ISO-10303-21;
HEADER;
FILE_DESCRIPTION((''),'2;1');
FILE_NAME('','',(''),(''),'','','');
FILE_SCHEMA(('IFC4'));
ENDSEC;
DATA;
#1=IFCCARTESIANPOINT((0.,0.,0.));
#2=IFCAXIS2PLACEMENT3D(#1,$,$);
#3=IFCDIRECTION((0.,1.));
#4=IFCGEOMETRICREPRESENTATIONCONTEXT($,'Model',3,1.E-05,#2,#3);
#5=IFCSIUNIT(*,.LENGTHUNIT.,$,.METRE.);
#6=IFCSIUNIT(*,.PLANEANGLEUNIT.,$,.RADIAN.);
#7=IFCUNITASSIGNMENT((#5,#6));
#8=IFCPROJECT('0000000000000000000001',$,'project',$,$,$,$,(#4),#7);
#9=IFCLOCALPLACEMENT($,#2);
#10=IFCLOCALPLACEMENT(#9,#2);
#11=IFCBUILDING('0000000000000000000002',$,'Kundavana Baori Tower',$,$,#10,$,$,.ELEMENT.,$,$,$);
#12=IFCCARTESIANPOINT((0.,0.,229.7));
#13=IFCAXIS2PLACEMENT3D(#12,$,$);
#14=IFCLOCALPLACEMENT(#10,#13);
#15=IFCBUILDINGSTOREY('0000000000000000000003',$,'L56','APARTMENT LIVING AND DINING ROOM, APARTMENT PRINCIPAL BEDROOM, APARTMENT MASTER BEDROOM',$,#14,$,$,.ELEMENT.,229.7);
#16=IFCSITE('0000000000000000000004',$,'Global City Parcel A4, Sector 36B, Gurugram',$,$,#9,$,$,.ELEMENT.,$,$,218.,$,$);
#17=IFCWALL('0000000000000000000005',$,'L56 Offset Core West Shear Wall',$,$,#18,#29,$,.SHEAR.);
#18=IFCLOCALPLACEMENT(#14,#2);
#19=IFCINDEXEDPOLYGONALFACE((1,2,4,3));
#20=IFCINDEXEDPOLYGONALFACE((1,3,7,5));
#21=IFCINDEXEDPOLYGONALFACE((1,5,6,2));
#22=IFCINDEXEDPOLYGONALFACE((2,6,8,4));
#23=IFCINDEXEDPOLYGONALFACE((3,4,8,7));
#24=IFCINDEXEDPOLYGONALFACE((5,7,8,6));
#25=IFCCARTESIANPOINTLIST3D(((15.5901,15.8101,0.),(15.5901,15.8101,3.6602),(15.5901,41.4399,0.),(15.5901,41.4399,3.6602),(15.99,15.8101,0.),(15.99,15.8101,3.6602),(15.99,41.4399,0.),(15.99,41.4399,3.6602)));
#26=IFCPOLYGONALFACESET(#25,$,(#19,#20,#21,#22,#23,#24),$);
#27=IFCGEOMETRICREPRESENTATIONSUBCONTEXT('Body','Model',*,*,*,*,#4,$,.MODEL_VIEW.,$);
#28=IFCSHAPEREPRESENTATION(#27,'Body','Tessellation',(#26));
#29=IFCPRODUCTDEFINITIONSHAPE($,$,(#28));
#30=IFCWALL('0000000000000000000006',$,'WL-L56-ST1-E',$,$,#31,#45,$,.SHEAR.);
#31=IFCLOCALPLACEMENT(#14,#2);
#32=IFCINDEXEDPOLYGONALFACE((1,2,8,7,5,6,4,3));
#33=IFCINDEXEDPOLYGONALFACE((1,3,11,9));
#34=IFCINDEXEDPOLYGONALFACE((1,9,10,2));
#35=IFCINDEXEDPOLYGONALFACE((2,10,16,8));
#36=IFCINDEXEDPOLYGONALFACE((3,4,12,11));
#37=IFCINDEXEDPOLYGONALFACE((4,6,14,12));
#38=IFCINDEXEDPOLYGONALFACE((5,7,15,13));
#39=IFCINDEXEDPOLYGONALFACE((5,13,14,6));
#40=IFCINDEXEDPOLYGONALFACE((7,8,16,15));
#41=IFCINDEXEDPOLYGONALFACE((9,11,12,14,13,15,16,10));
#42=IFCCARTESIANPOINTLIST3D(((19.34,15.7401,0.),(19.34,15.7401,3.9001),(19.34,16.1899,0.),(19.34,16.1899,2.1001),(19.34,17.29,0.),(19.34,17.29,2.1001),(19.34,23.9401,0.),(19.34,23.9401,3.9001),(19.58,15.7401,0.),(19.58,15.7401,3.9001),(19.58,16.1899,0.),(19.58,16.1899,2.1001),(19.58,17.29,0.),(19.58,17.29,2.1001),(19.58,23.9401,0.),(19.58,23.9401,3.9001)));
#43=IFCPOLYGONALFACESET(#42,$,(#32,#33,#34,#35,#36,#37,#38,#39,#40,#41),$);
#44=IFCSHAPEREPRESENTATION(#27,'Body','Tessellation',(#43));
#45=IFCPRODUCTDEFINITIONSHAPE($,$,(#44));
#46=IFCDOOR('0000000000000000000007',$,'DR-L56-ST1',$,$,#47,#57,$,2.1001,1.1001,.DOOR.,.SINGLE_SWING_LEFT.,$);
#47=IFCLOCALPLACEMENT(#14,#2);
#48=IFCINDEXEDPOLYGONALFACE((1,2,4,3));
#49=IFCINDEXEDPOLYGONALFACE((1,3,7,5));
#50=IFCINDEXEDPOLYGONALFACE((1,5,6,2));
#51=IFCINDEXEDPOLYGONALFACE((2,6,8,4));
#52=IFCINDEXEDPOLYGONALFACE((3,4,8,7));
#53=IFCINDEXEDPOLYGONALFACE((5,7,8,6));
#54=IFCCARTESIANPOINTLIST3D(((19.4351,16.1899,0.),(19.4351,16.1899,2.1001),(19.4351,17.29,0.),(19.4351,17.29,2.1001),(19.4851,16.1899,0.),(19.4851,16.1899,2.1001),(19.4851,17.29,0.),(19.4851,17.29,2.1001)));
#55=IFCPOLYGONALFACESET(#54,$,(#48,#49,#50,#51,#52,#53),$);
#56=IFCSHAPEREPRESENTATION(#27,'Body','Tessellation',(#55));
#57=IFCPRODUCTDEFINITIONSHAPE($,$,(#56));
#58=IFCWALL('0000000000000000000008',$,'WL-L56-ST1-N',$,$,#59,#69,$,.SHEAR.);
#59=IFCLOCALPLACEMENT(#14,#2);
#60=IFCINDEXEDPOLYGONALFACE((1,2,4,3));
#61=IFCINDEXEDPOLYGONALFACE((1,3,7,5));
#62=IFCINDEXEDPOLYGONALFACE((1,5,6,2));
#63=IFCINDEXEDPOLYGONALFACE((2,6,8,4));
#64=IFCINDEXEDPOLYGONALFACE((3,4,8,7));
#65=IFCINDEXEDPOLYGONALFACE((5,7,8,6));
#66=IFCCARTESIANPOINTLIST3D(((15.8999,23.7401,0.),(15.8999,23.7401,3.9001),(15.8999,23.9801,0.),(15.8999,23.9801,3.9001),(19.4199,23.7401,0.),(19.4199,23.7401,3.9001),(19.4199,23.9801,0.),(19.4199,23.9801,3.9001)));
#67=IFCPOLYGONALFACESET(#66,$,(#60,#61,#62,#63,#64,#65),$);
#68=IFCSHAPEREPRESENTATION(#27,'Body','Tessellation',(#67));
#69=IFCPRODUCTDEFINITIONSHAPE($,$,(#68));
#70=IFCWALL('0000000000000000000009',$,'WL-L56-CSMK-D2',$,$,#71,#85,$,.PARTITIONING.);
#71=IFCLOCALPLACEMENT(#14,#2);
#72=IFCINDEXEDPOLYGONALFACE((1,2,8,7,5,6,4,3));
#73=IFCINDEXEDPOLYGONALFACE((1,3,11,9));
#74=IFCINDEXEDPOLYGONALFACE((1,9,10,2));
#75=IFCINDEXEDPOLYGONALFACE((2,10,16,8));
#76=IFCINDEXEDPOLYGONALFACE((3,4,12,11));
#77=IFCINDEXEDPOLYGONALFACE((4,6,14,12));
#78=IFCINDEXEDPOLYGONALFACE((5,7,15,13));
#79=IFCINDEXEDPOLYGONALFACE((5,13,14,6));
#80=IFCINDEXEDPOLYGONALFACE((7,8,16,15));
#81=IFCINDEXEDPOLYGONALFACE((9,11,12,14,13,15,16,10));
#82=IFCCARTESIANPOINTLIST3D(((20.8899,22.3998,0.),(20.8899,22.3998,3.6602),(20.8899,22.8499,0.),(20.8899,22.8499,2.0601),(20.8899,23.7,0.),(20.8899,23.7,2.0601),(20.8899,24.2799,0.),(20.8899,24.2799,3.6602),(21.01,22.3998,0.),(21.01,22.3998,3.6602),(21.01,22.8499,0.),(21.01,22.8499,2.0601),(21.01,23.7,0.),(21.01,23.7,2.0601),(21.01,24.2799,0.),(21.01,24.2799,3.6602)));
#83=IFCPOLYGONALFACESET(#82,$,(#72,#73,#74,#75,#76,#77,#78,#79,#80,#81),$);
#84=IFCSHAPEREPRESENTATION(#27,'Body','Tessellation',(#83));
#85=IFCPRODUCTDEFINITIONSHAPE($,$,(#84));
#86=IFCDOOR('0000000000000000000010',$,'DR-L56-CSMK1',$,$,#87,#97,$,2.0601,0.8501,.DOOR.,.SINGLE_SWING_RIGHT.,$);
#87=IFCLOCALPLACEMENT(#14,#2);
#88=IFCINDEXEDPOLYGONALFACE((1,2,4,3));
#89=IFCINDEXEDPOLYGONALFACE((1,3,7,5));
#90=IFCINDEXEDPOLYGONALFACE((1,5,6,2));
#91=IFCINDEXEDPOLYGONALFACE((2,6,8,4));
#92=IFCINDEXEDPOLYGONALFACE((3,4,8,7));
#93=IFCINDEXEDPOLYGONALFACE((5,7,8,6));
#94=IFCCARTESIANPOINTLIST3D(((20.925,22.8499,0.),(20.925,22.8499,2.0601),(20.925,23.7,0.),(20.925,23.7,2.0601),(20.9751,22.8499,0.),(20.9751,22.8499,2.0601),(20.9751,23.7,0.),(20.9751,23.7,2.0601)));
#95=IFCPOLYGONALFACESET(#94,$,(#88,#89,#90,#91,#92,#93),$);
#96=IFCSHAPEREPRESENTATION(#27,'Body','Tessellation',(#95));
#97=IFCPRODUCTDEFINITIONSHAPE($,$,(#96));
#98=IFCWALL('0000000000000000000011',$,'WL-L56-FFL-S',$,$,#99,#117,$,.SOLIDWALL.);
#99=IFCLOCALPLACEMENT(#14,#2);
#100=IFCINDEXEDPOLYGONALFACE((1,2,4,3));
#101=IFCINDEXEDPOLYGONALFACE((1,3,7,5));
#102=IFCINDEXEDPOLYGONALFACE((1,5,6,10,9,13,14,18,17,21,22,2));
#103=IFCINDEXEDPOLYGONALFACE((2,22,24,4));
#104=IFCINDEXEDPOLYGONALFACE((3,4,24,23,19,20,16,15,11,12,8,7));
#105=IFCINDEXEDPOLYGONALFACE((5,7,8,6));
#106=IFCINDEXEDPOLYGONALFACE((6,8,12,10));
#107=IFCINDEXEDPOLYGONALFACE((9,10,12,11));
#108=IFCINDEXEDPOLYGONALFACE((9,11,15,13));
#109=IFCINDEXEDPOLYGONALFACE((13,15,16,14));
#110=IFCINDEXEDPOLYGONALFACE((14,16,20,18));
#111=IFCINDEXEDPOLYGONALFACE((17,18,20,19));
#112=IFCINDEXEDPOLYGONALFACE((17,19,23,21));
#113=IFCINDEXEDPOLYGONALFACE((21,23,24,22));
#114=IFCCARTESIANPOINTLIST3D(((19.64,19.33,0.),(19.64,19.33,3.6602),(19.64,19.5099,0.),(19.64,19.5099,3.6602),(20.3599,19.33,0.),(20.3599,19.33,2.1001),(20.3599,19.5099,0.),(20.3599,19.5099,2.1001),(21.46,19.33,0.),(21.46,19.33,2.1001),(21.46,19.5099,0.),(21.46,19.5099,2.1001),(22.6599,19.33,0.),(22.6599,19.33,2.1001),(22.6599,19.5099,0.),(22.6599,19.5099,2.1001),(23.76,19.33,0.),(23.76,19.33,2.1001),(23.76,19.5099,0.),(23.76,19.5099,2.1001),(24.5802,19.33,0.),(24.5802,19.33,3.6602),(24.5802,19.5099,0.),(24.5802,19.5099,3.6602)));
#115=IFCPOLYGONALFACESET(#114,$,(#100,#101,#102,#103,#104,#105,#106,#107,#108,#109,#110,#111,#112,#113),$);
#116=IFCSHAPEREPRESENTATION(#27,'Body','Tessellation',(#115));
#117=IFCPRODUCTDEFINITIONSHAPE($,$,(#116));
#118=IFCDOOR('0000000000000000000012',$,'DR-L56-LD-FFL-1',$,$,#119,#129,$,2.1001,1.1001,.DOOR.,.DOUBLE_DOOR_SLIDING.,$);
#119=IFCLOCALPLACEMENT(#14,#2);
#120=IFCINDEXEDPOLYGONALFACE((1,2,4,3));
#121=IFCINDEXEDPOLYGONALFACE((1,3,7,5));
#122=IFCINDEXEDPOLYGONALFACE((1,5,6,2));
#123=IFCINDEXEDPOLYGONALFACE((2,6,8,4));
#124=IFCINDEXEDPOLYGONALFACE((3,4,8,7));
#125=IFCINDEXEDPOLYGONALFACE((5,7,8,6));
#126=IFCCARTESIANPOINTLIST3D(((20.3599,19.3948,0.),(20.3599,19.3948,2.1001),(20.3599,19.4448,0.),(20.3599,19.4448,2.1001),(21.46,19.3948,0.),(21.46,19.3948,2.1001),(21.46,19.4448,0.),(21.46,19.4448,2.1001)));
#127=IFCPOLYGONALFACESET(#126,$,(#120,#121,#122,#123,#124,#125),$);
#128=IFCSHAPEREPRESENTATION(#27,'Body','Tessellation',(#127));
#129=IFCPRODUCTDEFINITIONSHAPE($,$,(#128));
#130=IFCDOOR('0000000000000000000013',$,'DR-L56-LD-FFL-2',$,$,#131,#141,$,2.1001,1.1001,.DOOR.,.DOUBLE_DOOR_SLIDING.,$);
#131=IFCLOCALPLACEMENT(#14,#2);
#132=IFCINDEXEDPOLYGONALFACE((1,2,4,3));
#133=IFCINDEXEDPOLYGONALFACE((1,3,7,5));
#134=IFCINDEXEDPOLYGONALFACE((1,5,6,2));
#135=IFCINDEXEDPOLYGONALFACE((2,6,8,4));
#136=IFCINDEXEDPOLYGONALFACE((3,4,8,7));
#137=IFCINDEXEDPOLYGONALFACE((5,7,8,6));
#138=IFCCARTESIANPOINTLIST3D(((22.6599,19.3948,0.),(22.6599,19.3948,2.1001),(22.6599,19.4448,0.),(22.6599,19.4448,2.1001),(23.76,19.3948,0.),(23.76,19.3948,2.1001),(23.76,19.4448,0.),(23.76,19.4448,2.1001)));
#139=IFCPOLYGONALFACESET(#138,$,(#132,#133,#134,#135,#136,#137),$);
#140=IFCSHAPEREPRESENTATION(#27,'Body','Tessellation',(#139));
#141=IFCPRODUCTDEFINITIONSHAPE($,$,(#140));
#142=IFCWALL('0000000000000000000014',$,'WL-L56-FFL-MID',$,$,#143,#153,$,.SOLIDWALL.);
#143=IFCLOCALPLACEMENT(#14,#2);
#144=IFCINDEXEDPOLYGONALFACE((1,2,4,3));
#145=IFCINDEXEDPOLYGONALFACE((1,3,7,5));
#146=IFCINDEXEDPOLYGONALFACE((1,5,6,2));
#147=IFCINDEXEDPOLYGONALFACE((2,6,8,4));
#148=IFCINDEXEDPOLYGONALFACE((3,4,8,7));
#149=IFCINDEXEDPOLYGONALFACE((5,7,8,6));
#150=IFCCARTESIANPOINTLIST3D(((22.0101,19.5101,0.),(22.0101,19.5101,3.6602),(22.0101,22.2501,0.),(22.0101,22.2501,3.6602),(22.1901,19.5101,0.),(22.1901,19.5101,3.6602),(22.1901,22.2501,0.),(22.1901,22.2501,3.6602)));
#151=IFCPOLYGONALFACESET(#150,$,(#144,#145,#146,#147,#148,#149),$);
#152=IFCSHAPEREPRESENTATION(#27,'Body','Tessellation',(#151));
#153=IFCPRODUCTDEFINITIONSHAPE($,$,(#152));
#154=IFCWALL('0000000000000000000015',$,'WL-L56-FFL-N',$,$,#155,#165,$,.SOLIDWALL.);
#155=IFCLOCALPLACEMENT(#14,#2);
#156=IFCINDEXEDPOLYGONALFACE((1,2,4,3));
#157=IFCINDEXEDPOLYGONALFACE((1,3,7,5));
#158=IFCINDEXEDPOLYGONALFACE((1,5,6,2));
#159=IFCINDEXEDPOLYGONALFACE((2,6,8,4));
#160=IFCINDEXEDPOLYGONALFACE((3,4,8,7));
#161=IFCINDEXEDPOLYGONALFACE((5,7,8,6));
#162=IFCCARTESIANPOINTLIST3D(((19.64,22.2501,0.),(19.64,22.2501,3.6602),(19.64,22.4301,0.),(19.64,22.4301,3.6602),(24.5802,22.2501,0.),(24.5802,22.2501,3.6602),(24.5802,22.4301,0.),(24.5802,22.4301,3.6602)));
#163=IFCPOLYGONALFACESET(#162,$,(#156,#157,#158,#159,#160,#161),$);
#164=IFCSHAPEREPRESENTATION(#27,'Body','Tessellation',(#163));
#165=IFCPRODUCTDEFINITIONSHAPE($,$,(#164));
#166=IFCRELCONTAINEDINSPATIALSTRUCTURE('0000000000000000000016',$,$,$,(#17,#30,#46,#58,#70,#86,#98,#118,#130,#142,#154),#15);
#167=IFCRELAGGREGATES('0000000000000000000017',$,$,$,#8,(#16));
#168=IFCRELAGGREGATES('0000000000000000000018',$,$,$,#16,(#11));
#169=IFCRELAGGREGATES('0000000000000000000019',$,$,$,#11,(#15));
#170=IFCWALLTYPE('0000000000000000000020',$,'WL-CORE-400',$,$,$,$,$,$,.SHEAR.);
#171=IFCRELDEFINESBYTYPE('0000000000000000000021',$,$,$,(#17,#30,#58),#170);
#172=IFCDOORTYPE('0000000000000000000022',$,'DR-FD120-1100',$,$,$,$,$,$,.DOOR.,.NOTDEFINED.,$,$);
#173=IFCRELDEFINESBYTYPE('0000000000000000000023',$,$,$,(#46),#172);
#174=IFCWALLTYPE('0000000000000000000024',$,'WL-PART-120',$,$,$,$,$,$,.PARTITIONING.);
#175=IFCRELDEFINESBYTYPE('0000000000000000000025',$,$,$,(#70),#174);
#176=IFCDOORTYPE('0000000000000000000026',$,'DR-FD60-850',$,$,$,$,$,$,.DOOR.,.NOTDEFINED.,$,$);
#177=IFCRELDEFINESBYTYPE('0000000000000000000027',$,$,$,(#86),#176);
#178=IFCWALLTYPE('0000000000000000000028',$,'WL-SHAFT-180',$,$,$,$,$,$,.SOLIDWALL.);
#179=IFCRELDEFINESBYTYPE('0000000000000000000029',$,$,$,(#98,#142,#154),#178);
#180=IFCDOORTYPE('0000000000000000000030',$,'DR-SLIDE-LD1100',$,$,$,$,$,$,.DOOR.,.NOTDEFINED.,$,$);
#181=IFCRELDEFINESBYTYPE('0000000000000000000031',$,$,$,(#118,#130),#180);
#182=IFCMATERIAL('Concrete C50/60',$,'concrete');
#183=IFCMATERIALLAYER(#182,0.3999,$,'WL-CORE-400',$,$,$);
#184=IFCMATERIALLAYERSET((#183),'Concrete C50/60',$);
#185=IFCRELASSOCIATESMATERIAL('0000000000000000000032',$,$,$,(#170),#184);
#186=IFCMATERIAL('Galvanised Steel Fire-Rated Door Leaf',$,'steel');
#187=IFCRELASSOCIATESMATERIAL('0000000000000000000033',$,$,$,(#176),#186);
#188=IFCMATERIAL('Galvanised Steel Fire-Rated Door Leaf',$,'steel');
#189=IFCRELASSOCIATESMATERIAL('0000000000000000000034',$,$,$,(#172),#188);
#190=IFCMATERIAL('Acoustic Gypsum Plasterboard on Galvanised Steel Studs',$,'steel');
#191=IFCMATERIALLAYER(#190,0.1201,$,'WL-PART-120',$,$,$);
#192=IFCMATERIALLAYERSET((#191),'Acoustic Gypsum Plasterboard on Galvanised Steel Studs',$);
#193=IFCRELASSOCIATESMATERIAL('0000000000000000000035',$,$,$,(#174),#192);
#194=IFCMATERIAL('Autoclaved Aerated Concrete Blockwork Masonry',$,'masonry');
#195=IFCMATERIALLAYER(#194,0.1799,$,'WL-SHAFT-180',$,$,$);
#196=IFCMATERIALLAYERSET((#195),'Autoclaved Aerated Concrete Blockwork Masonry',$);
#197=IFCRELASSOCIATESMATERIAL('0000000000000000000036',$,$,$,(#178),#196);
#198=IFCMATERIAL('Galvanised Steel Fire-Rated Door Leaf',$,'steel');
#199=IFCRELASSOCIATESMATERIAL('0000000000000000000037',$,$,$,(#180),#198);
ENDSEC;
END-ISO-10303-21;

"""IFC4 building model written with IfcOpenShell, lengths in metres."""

from ifc_helpers import new_model, si_unit, direction, frame, frame_2d, origin, place, context, subcontext, project, spatial, rectangle, extrude, material, layer, layer_set, type_object, element, fill, save


model = new_model("IFC4")

# Units and contexts
model_context = context("Model", 3, precision=1e-05, world=origin(), true_north=direction((0.0, 1.0)))
body_context = subcontext(model_context, "Body", "Model", "MODEL_VIEW")
ifc_project = project(units=[si_unit("LENGTHUNIT", "METRE"), si_unit("PLANEANGLEUNIT", "RADIAN")], contexts=[model_context])

# Site, building, storey
site_placement = place(None, origin())
site = spatial("IfcSite", under=ifc_project, at=site_placement, Name="Global City Parcel A4, Sector 36B, Gurugram", CompositionType="ELEMENT", RefElevation=218.0)
building_placement = place(site_placement, origin())
building = spatial("IfcBuilding", under=site, at=building_placement, Name="Kundavana Baori Tower", CompositionType="ELEMENT")
storey_placement = place(building_placement, frame((0.0, 0.0, 229.7)))
storey = spatial("IfcBuildingStorey", under=building, at=storey_placement, Name="L56", Description="APARTMENT LIVING AND DINING ROOM, APARTMENT PRINCIPAL BEDROOM, APARTMENT MASTER BEDROOM", CompositionType="ELEMENT", Elevation=229.7)

# Wall
ifc_material_1 = material(Name="Concrete C50/60", Category="concrete")
ifc_layer_1 = layer(ifc_material_1, 0.3999, Name="WL-CORE-400")
ifc_layer_set_1 = layer_set([ifc_layer_1], Name="Concrete C50/60")
wall_type_1 = type_object("IfcWallType", Name="WL-CORE-400", PredefinedType="SHEAR", material=ifc_layer_set_1)
wall_1_placement = place(storey_placement, frame((15.79, 15.8101, 0.0), z_axis=(0.0, 0.0, 1.0), x_axis=(0.0, 1.0, 0.0)))
element("IfcWall", 1, at=wall_1_placement, inside=storey, type_object=wall_type_1, Name="L56 Offset Core West Shear Wall", PredefinedType="SHEAR", context=body_context, shape_type="SweptSolid", body=[
    extrude(rectangle(XDim=25.6299, YDim=0.3999, at=frame_2d((12.8149, 0.0))), origin(), (0.0, 0.0, 1.0), 3.6602),
])

# Shared definitions
ifc_material_2 = material(Name="Galvanised Steel Fire-Rated Door Leaf", Category="steel")
door_type_1 = type_object("IfcDoorType", Name="DR-FD60-850", OperationType="NOTDEFINED", PredefinedType="DOOR", material=ifc_material_2)

# Wall, opening, door
wall_2_placement = place(storey_placement, frame((19.46, 15.74, 0.0), z_axis=(0.0, 0.0, 1.0), x_axis=(0.0, 1.0, 0.0)))
wall_2 = element("IfcWall", 2, at=wall_2_placement, inside=storey, type_object=wall_type_1, Name="WL-L56-ST1-E", PredefinedType="SHEAR", context=body_context, shape_type="SweptSolid", body=[
    extrude(rectangle(XDim=8.2, YDim=0.24, at=frame_2d((4.1001, 0.0))), origin(), (0.0, 0.0, 1.0), 3.9001),
])
opening_1_placement = place(wall_2_placement, frame((0.45, 0.0, 0.0)))
opening_1 = element("IfcOpeningElement", 3, at=opening_1_placement, cuts=wall_2, PredefinedType="OPENING", context=body_context, shape_type="SweptSolid", body=[
    extrude(rectangle(XDim=1.1001, YDim=2.1001, at=frame_2d((0.55, 1.05))), frame((0.0, 0.1299, 0.0), z_axis=(0.0, -1.0, 0.0), x_axis=(1.0, 0.0, 0.0)), (0.0, 0.0, 1.0), 0.26),
])
ifc_material_3 = material(Name="Galvanised Steel Fire-Rated Door Leaf", Category="steel")
door_type_2 = type_object("IfcDoorType", Name="DR-FD120-1100", OperationType="NOTDEFINED", PredefinedType="DOOR", material=ifc_material_3)
door_1_placement = place(opening_1_placement, origin())
door_1 = element("IfcDoor", 4, at=door_1_placement, inside=storey, type_object=door_type_2, Name="DR-L56-ST1", OperationType="SINGLE_SWING_LEFT", OverallHeight=2.1001, OverallWidth=1.1001, PredefinedType="DOOR", context=body_context, shape_type="SweptSolid", body=[
    extrude(rectangle(XDim=1.1001, YDim=2.1001, at=frame_2d((0.55, 1.05))), frame((0.0, 0.0249, 0.0), z_axis=(0.0, -1.0, 0.0), x_axis=(1.0, 0.0, 0.0)), (0.0, 0.0, 1.0), 0.05),
])
fill(opening_1, door_1)

# Wall
wall_3_placement = place(storey_placement, frame((15.8999, 23.8601, 0.0), z_axis=(0.0, 0.0, 1.0), x_axis=(1.0, 0.0, 0.0)))
element("IfcWall", 5, at=wall_3_placement, inside=storey, type_object=wall_type_1, Name="WL-L56-ST1-N", PredefinedType="SHEAR", context=body_context, shape_type="SweptSolid", body=[
    extrude(rectangle(XDim=3.52, YDim=0.24, at=frame_2d((1.76, 0.0))), origin(), (0.0, 0.0, 1.0), 3.9001),
])

# Wall, opening, door
ifc_material_4 = material(Name="Acoustic Gypsum Plasterboard on Galvanised Steel Studs", Category="steel")
ifc_layer_2 = layer(ifc_material_4, 0.1201, Name="WL-PART-120")
ifc_layer_set_2 = layer_set([ifc_layer_2], Name="Acoustic Gypsum Plasterboard on Galvanised Steel Studs")
wall_type_2 = type_object("IfcWallType", Name="WL-PART-120", PredefinedType="PARTITIONING", material=ifc_layer_set_2)
wall_4_placement = place(storey_placement, frame((20.95, 22.3999, 0.0), z_axis=(0.0, 0.0, 1.0), x_axis=(0.0, 1.0, 0.0)))
wall_4 = element("IfcWall", 6, at=wall_4_placement, inside=storey, type_object=wall_type_2, Name="WL-L56-CSMK-D2", PredefinedType="PARTITIONING", context=body_context, shape_type="SweptSolid", body=[
    extrude(rectangle(XDim=1.8801, YDim=0.1201, at=frame_2d((0.9399, 0.0))), origin(), (0.0, 0.0, 1.0), 3.6602),
])
opening_2_placement = place(wall_4_placement, frame((0.45, 0.0, 0.0)))
opening_2 = element("IfcOpeningElement", 7, at=opening_2_placement, cuts=wall_4, PredefinedType="OPENING", context=body_context, shape_type="SweptSolid", body=[
    extrude(rectangle(XDim=0.8501, YDim=2.0601, at=frame_2d((0.425, 1.03))), frame((0.0, 0.0701, 0.0), z_axis=(0.0, -1.0, 0.0), x_axis=(1.0, 0.0, 0.0)), (0.0, 0.0, 1.0), 0.1401),
])
door_2_placement = place(opening_2_placement, origin())
door_2 = element("IfcDoor", 8, at=door_2_placement, inside=storey, type_object=door_type_1, Name="DR-L56-CSMK1", OperationType="SINGLE_SWING_RIGHT", OverallHeight=2.0601, OverallWidth=0.8501, PredefinedType="DOOR", context=body_context, shape_type="SweptSolid", body=[
    extrude(rectangle(XDim=0.8501, YDim=2.0601, at=frame_2d((0.425, 1.03))), frame((0.0, 0.0249, 0.0), z_axis=(0.0, -1.0, 0.0), x_axis=(1.0, 0.0, 0.0)), (0.0, 0.0, 1.0), 0.05),
])
fill(opening_2, door_2)

# Wall, openings, doors
ifc_material_5 = material(Name="Autoclaved Aerated Concrete Blockwork Masonry", Category="masonry")
ifc_layer_3 = layer(ifc_material_5, 0.1799, Name="WL-SHAFT-180")
ifc_layer_set_3 = layer_set([ifc_layer_3], Name="Autoclaved Aerated Concrete Blockwork Masonry")
wall_type_3 = type_object("IfcWallType", Name="WL-SHAFT-180", PredefinedType="SOLIDWALL", material=ifc_layer_set_3)
wall_5_placement = place(storey_placement, frame((19.6399, 19.4199, 0.0), z_axis=(0.0, 0.0, 1.0), x_axis=(1.0, 0.0, 0.0)))
wall_5 = element("IfcWall", 9, at=wall_5_placement, inside=storey, type_object=wall_type_3, Name="WL-L56-FFL-S", PredefinedType="SOLIDWALL", context=body_context, shape_type="SweptSolid", body=[
    extrude(rectangle(XDim=4.9402, YDim=0.1799, at=frame_2d((2.4702, 0.0))), origin(), (0.0, 0.0, 1.0), 3.6602),
])
opening_3_placement = place(wall_5_placement, frame((0.72, 0.0, 0.0)))
opening_3 = element("IfcOpeningElement", 10, at=opening_3_placement, cuts=wall_5, PredefinedType="OPENING", context=body_context, shape_type="SweptSolid", body=[
    extrude(rectangle(XDim=1.1001, YDim=2.1001, at=frame_2d((0.55, 1.05))), frame((0.0, 0.1001, 0.0), z_axis=(0.0, -1.0, 0.0), x_axis=(1.0, 0.0, 0.0)), (0.0, 0.0, 1.0), 0.2),
])
opening_4_placement = place(wall_5_placement, frame((3.02, 0.0, 0.0)))
opening_4 = element("IfcOpeningElement", 11, at=opening_4_placement, cuts=wall_5, PredefinedType="OPENING", context=body_context, shape_type="SweptSolid", body=[
    extrude(rectangle(XDim=1.1001, YDim=2.1001, at=frame_2d((0.55, 1.05))), frame((0.0, 0.1001, 0.0), z_axis=(0.0, -1.0, 0.0), x_axis=(1.0, 0.0, 0.0)), (0.0, 0.0, 1.0), 0.2),
])
ifc_material_6 = material(Name="Galvanised Steel Fire-Rated Door Leaf", Category="steel")
door_type_3 = type_object("IfcDoorType", Name="DR-SLIDE-LD1100", OperationType="NOTDEFINED", PredefinedType="DOOR", material=ifc_material_6)
door_3_placement = place(opening_3_placement, origin())
door_3 = element("IfcDoor", 12, at=door_3_placement, inside=storey, type_object=door_type_3, Name="DR-L56-LD-FFL-1", OperationType="DOUBLE_DOOR_SLIDING", OverallHeight=2.1001, OverallWidth=1.1001, PredefinedType="DOOR", context=body_context, shape_type="SweptSolid", body=[
    extrude(rectangle(XDim=1.1001, YDim=2.1001, at=frame_2d((0.55, 1.05))), frame((0.0, 0.0249, 0.0), z_axis=(0.0, -1.0, 0.0), x_axis=(1.0, 0.0, 0.0)), (0.0, 0.0, 1.0), 0.05),
])
fill(opening_3, door_3)
door_4_placement = place(opening_4_placement, origin())
door_4 = element("IfcDoor", 13, at=door_4_placement, inside=storey, type_object=door_type_3, Name="DR-L56-LD-FFL-2", OperationType="DOUBLE_DOOR_SLIDING", OverallHeight=2.1001, OverallWidth=1.1001, PredefinedType="DOOR", context=body_context, shape_type="SweptSolid", body=[
    extrude(rectangle(XDim=1.1001, YDim=2.1001, at=frame_2d((0.55, 1.05))), frame((0.0, 0.0249, 0.0), z_axis=(0.0, -1.0, 0.0), x_axis=(1.0, 0.0, 0.0)), (0.0, 0.0, 1.0), 0.05),
])
fill(opening_4, door_4)

# Walls
wall_6_placement = place(storey_placement, frame((22.1001, 19.51, 0.0), z_axis=(0.0, 0.0, 1.0), x_axis=(0.0, 1.0, 0.0)))
element("IfcWall", 14, at=wall_6_placement, inside=storey, type_object=wall_type_3, Name="WL-L56-FFL-MID", PredefinedType="SOLIDWALL", context=body_context, shape_type="SweptSolid", body=[
    extrude(rectangle(XDim=2.74, YDim=0.1799, at=frame_2d((1.3701, 0.0))), origin(), (0.0, 0.0, 1.0), 3.6602),
])
wall_7_placement = place(storey_placement, frame((19.6399, 22.3401, 0.0), z_axis=(0.0, 0.0, 1.0), x_axis=(1.0, 0.0, 0.0)))
element("IfcWall", 15, at=wall_7_placement, inside=storey, type_object=wall_type_3, Name="WL-L56-FFL-N", PredefinedType="SOLIDWALL", context=body_context, shape_type="SweptSolid", body=[
    extrude(rectangle(XDim=4.9402, YDim=0.1799, at=frame_2d((2.4702, 0.0))), origin(), (0.0, 0.0, 1.0), 3.6602),
])

save(model, "model.ifc")
